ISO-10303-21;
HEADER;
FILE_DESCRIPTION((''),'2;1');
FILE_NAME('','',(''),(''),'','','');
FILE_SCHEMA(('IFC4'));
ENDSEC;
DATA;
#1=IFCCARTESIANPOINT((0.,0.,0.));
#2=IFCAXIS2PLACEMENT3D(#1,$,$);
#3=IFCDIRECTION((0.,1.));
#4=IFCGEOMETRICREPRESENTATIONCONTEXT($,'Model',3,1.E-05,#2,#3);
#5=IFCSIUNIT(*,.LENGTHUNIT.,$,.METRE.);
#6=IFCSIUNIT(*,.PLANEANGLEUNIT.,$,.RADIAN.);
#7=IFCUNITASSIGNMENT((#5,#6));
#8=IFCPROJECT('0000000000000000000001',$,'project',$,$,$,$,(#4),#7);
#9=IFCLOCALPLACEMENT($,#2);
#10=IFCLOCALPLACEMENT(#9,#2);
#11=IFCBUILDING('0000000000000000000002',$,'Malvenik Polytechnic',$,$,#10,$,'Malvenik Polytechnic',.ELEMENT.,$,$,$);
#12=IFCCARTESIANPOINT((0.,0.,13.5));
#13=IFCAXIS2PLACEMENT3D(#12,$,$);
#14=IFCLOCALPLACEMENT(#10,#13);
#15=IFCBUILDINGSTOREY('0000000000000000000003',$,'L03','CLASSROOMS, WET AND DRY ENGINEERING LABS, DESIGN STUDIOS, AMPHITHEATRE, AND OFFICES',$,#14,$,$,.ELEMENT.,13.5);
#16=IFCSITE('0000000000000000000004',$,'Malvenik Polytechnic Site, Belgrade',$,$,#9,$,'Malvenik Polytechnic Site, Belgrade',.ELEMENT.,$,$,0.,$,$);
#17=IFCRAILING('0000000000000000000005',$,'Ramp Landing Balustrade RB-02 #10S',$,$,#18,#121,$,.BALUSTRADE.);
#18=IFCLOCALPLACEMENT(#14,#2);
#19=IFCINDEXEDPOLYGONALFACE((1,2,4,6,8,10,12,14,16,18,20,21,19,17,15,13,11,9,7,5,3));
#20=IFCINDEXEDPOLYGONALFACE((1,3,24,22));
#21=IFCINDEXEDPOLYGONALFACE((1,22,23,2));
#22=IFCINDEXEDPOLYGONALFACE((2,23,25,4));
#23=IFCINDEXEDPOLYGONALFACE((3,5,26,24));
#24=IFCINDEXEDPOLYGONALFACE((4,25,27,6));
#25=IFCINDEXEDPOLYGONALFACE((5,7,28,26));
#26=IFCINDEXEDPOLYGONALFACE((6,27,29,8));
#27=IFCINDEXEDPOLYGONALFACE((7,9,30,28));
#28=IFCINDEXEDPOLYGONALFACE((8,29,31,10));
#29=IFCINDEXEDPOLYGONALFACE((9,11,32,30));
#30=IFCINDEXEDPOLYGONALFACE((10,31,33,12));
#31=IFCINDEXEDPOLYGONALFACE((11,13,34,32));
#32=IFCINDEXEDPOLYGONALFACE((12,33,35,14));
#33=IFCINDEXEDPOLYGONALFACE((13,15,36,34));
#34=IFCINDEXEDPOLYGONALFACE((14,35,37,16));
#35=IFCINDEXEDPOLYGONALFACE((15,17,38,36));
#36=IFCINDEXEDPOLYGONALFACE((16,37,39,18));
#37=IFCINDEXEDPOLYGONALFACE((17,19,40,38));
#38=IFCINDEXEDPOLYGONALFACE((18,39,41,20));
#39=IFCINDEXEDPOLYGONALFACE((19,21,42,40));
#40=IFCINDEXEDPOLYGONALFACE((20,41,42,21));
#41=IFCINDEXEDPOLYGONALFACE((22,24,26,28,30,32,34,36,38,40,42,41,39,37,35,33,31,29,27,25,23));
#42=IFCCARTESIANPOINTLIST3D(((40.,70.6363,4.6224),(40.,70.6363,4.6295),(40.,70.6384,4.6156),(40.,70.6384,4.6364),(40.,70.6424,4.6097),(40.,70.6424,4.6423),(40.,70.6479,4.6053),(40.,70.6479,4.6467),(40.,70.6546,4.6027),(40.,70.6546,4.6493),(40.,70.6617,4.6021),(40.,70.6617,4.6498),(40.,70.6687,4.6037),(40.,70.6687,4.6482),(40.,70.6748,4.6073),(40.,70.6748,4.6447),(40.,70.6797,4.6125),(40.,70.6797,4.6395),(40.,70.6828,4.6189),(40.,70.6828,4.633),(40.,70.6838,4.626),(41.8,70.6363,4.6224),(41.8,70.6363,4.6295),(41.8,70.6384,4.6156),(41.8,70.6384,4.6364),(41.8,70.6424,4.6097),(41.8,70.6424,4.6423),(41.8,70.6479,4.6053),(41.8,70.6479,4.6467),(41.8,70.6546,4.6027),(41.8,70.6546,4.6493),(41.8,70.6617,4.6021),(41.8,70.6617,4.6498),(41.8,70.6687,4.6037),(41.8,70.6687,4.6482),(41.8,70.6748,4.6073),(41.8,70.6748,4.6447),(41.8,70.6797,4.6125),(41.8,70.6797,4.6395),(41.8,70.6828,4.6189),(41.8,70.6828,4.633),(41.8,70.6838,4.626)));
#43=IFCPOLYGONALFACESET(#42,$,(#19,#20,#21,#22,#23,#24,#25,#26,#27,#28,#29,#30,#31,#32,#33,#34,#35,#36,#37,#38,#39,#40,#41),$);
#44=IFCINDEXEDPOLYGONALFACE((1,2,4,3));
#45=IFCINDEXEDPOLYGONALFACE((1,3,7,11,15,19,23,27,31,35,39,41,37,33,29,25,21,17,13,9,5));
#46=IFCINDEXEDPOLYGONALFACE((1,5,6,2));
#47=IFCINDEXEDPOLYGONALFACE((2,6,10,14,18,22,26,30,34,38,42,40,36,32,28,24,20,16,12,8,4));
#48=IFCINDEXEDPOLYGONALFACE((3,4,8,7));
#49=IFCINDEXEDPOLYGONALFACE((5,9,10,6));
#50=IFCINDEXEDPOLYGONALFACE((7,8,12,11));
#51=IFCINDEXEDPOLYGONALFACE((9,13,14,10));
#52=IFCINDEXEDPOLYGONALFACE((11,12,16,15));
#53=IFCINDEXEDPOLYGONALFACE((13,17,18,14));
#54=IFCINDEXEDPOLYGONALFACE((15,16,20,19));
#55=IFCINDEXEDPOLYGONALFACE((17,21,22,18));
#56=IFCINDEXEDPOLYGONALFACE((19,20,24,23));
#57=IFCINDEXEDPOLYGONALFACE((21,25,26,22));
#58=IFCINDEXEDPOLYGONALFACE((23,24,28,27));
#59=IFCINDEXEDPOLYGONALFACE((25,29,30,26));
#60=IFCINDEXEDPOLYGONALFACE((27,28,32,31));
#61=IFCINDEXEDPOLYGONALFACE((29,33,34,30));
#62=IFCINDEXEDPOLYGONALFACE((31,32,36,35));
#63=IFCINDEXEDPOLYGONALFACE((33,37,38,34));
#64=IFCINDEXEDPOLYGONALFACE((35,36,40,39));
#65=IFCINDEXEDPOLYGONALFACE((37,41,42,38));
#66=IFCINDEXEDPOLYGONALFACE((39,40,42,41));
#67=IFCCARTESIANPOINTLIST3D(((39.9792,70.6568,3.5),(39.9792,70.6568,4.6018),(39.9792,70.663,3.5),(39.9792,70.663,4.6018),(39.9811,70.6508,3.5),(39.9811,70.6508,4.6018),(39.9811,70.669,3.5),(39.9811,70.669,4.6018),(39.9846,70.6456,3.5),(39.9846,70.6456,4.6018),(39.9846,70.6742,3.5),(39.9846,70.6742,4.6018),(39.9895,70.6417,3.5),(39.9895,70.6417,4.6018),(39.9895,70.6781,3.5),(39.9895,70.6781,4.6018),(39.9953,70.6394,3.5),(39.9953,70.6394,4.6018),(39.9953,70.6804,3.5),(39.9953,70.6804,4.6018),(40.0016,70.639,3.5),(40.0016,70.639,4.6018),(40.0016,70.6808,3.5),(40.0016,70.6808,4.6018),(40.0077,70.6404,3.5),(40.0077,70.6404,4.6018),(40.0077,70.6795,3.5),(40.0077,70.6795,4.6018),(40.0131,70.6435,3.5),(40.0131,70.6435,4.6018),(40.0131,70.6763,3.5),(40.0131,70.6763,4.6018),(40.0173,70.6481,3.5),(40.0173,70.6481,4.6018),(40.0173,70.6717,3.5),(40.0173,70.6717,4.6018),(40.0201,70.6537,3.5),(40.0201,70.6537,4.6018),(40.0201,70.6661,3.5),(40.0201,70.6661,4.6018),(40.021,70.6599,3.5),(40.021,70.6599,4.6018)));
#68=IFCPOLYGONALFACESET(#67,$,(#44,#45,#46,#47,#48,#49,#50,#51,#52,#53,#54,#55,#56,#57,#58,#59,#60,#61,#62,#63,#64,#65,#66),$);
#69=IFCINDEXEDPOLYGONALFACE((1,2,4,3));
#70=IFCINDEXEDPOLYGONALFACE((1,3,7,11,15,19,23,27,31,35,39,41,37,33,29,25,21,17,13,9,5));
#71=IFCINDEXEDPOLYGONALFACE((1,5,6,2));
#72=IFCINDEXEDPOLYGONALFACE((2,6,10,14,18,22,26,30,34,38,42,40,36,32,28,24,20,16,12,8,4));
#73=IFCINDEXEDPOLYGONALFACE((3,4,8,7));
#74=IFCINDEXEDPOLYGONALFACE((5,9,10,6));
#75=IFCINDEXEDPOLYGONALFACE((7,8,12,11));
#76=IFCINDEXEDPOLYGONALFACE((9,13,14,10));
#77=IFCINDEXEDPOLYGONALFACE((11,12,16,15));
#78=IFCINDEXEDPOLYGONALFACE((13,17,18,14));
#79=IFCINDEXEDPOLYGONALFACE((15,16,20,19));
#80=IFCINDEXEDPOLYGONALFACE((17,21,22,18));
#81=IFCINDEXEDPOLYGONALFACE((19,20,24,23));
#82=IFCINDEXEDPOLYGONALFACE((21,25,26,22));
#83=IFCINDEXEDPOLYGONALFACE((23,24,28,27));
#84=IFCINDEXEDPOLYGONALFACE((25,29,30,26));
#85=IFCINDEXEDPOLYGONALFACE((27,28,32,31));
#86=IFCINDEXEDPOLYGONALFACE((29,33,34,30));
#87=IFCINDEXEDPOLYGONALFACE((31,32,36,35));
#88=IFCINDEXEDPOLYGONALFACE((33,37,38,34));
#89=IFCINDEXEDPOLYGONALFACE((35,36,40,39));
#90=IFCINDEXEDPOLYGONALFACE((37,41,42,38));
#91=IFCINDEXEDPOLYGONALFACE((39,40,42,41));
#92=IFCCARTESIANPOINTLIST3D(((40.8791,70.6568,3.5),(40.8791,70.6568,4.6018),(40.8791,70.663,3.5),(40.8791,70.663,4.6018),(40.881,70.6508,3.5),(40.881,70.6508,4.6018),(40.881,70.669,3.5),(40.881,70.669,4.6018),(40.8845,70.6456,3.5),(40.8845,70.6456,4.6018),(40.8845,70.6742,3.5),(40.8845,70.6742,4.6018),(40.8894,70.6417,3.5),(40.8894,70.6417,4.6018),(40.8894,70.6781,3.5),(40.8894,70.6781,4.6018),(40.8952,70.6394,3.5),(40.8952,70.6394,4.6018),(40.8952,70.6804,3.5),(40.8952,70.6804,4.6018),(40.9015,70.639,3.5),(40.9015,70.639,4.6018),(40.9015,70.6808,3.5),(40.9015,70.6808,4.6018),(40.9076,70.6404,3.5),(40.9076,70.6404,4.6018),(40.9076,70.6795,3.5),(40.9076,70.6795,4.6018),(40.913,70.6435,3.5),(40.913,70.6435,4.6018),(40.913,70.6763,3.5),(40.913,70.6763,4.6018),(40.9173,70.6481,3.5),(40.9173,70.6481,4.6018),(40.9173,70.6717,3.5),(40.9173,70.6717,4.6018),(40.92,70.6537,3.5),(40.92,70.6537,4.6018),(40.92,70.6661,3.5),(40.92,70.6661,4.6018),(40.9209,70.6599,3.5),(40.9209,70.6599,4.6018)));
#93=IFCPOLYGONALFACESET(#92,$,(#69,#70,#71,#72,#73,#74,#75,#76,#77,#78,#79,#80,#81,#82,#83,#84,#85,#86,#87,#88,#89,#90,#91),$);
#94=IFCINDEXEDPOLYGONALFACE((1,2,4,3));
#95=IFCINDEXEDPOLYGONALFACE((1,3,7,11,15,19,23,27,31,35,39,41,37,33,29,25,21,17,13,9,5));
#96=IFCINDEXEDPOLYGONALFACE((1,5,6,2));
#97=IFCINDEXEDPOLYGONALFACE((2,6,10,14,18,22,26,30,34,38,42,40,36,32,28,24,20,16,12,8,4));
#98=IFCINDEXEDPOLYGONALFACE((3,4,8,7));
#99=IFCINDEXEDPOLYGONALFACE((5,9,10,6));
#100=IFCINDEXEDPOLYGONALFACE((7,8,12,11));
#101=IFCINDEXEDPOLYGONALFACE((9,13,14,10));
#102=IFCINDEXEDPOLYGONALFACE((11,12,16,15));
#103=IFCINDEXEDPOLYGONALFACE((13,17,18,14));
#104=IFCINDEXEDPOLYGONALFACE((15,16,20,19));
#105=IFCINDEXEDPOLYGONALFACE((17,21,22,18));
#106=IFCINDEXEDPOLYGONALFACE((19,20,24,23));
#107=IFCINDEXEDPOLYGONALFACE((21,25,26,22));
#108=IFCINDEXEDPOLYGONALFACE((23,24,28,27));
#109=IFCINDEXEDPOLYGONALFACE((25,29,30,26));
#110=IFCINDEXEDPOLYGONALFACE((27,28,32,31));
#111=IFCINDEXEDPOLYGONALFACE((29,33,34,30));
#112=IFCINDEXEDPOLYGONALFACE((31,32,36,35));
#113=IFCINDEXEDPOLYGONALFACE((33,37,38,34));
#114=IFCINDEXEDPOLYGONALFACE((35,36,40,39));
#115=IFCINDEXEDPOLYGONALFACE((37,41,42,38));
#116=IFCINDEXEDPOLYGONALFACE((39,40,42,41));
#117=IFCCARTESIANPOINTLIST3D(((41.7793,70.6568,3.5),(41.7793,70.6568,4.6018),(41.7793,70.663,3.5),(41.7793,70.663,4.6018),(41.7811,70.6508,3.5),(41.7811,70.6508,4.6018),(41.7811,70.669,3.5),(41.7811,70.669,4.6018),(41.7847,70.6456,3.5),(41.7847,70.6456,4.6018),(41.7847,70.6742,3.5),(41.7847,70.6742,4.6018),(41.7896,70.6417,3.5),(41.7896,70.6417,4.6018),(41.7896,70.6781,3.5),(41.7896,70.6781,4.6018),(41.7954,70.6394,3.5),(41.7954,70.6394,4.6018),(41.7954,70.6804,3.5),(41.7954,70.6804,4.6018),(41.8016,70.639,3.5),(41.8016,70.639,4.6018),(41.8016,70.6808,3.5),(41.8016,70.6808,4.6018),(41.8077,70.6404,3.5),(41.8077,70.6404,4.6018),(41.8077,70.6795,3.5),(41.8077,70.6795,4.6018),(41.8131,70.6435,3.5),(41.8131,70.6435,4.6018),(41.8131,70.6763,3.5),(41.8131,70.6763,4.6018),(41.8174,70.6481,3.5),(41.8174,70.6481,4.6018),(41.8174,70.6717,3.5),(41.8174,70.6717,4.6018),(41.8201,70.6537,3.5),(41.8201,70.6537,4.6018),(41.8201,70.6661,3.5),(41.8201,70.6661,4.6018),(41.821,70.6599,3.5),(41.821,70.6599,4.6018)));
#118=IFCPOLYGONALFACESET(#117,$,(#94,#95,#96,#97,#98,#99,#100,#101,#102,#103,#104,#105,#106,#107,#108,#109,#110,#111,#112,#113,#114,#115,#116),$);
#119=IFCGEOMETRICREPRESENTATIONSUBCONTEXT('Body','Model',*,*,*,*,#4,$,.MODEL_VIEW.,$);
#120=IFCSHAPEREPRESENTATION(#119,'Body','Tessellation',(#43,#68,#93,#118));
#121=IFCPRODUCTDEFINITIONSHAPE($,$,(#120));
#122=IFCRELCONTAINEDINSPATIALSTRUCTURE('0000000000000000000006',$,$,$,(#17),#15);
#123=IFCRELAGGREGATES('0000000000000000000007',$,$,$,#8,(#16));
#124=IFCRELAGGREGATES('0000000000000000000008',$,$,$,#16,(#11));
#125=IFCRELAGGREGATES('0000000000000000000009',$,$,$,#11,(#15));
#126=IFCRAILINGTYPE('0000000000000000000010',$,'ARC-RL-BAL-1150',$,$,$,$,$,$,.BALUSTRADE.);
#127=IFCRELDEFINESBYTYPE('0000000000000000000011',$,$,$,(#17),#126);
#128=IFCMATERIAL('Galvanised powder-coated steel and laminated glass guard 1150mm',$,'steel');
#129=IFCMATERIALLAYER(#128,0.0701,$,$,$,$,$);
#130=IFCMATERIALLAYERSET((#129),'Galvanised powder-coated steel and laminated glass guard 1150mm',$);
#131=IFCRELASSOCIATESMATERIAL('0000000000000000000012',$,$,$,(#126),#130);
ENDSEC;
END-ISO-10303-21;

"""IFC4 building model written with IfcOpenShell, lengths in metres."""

from ifc_helpers import new_model, si_unit, direction, frame, origin, origin_2d, place, context, subcontext, project, spatial, circle, extrude, material, layer, layer_set, type_object, element, save


model = new_model("IFC4")

# Units and contexts
model_context = context("Model", 3, precision=1e-05, world=origin(), true_north=direction((0.0, 1.0)))
body_context = subcontext(model_context, "Body", "Model", "MODEL_VIEW")
ifc_project = project(units=[si_unit("LENGTHUNIT", "METRE"), si_unit("PLANEANGLEUNIT", "RADIAN")], contexts=[model_context])

# Site, building, storey
site_placement = place(None, origin())
site = spatial("IfcSite", under=ifc_project, at=site_placement, Name="Malvenik Polytechnic Site, Belgrade", LongName="Malvenik Polytechnic Site, Belgrade", CompositionType="ELEMENT", RefElevation=0.0)
building_placement = place(site_placement, origin())
building = spatial("IfcBuilding", under=site, at=building_placement, Name="Malvenik Polytechnic", LongName="Malvenik Polytechnic", CompositionType="ELEMENT")
storey_placement = place(building_placement, frame((0.0, 0.0, 13.5)))
storey = spatial("IfcBuildingStorey", under=building, at=storey_placement, Name="L03", Description="CLASSROOMS, WET AND DRY ENGINEERING LABS, DESIGN STUDIOS, AMPHITHEATRE, AND OFFICES", CompositionType="ELEMENT", Elevation=13.5)

# Railing
ifc_material_1 = material(Name="Galvanised powder-coated steel and laminated glass guard 1150mm", Category="steel")
ifc_layer_1 = layer(ifc_material_1, 0.0701)
ifc_layer_set_1 = layer_set([ifc_layer_1], Name="Galvanised powder-coated steel and laminated glass guard 1150mm")
railing_type = type_object("IfcRailingType", Name="ARC-RL-BAL-1150", PredefinedType="BALUSTRADE", material=ifc_layer_set_1)
railing_placement = place(storey_placement, frame((40.0, 70.6599, 3.5)))
element("IfcRailing", 1, at=railing_placement, inside=storey, type_object=railing_type, Name="Ramp Landing Balustrade RB-02 #10S", PredefinedType="BALUSTRADE", context=body_context, shape_type="SweptSolid", body=[
    extrude(circle(Radius=0.0239, at=origin_2d()), frame((0.0, 0.0, 1.126), z_axis=(1.0, 0.0, 0.0), x_axis=(0.0, 1.0, 0.0)), (0.0, 0.0, 1.0), 1.8),
    extrude(circle(Radius=0.021, at=origin_2d()), origin(), (0.0, 0.0, 1.0), 1.1018),
    extrude(circle(Radius=0.021, at=origin_2d()), frame((0.8999, 0.0, 0.0)), (0.0, 0.0, 1.0), 1.1018),
    extrude(circle(Radius=0.021, at=origin_2d()), frame((1.8, 0.0, 0.0)), (0.0, 0.0, 1.0), 1.1018),
])

save(model, "model.ifc")
